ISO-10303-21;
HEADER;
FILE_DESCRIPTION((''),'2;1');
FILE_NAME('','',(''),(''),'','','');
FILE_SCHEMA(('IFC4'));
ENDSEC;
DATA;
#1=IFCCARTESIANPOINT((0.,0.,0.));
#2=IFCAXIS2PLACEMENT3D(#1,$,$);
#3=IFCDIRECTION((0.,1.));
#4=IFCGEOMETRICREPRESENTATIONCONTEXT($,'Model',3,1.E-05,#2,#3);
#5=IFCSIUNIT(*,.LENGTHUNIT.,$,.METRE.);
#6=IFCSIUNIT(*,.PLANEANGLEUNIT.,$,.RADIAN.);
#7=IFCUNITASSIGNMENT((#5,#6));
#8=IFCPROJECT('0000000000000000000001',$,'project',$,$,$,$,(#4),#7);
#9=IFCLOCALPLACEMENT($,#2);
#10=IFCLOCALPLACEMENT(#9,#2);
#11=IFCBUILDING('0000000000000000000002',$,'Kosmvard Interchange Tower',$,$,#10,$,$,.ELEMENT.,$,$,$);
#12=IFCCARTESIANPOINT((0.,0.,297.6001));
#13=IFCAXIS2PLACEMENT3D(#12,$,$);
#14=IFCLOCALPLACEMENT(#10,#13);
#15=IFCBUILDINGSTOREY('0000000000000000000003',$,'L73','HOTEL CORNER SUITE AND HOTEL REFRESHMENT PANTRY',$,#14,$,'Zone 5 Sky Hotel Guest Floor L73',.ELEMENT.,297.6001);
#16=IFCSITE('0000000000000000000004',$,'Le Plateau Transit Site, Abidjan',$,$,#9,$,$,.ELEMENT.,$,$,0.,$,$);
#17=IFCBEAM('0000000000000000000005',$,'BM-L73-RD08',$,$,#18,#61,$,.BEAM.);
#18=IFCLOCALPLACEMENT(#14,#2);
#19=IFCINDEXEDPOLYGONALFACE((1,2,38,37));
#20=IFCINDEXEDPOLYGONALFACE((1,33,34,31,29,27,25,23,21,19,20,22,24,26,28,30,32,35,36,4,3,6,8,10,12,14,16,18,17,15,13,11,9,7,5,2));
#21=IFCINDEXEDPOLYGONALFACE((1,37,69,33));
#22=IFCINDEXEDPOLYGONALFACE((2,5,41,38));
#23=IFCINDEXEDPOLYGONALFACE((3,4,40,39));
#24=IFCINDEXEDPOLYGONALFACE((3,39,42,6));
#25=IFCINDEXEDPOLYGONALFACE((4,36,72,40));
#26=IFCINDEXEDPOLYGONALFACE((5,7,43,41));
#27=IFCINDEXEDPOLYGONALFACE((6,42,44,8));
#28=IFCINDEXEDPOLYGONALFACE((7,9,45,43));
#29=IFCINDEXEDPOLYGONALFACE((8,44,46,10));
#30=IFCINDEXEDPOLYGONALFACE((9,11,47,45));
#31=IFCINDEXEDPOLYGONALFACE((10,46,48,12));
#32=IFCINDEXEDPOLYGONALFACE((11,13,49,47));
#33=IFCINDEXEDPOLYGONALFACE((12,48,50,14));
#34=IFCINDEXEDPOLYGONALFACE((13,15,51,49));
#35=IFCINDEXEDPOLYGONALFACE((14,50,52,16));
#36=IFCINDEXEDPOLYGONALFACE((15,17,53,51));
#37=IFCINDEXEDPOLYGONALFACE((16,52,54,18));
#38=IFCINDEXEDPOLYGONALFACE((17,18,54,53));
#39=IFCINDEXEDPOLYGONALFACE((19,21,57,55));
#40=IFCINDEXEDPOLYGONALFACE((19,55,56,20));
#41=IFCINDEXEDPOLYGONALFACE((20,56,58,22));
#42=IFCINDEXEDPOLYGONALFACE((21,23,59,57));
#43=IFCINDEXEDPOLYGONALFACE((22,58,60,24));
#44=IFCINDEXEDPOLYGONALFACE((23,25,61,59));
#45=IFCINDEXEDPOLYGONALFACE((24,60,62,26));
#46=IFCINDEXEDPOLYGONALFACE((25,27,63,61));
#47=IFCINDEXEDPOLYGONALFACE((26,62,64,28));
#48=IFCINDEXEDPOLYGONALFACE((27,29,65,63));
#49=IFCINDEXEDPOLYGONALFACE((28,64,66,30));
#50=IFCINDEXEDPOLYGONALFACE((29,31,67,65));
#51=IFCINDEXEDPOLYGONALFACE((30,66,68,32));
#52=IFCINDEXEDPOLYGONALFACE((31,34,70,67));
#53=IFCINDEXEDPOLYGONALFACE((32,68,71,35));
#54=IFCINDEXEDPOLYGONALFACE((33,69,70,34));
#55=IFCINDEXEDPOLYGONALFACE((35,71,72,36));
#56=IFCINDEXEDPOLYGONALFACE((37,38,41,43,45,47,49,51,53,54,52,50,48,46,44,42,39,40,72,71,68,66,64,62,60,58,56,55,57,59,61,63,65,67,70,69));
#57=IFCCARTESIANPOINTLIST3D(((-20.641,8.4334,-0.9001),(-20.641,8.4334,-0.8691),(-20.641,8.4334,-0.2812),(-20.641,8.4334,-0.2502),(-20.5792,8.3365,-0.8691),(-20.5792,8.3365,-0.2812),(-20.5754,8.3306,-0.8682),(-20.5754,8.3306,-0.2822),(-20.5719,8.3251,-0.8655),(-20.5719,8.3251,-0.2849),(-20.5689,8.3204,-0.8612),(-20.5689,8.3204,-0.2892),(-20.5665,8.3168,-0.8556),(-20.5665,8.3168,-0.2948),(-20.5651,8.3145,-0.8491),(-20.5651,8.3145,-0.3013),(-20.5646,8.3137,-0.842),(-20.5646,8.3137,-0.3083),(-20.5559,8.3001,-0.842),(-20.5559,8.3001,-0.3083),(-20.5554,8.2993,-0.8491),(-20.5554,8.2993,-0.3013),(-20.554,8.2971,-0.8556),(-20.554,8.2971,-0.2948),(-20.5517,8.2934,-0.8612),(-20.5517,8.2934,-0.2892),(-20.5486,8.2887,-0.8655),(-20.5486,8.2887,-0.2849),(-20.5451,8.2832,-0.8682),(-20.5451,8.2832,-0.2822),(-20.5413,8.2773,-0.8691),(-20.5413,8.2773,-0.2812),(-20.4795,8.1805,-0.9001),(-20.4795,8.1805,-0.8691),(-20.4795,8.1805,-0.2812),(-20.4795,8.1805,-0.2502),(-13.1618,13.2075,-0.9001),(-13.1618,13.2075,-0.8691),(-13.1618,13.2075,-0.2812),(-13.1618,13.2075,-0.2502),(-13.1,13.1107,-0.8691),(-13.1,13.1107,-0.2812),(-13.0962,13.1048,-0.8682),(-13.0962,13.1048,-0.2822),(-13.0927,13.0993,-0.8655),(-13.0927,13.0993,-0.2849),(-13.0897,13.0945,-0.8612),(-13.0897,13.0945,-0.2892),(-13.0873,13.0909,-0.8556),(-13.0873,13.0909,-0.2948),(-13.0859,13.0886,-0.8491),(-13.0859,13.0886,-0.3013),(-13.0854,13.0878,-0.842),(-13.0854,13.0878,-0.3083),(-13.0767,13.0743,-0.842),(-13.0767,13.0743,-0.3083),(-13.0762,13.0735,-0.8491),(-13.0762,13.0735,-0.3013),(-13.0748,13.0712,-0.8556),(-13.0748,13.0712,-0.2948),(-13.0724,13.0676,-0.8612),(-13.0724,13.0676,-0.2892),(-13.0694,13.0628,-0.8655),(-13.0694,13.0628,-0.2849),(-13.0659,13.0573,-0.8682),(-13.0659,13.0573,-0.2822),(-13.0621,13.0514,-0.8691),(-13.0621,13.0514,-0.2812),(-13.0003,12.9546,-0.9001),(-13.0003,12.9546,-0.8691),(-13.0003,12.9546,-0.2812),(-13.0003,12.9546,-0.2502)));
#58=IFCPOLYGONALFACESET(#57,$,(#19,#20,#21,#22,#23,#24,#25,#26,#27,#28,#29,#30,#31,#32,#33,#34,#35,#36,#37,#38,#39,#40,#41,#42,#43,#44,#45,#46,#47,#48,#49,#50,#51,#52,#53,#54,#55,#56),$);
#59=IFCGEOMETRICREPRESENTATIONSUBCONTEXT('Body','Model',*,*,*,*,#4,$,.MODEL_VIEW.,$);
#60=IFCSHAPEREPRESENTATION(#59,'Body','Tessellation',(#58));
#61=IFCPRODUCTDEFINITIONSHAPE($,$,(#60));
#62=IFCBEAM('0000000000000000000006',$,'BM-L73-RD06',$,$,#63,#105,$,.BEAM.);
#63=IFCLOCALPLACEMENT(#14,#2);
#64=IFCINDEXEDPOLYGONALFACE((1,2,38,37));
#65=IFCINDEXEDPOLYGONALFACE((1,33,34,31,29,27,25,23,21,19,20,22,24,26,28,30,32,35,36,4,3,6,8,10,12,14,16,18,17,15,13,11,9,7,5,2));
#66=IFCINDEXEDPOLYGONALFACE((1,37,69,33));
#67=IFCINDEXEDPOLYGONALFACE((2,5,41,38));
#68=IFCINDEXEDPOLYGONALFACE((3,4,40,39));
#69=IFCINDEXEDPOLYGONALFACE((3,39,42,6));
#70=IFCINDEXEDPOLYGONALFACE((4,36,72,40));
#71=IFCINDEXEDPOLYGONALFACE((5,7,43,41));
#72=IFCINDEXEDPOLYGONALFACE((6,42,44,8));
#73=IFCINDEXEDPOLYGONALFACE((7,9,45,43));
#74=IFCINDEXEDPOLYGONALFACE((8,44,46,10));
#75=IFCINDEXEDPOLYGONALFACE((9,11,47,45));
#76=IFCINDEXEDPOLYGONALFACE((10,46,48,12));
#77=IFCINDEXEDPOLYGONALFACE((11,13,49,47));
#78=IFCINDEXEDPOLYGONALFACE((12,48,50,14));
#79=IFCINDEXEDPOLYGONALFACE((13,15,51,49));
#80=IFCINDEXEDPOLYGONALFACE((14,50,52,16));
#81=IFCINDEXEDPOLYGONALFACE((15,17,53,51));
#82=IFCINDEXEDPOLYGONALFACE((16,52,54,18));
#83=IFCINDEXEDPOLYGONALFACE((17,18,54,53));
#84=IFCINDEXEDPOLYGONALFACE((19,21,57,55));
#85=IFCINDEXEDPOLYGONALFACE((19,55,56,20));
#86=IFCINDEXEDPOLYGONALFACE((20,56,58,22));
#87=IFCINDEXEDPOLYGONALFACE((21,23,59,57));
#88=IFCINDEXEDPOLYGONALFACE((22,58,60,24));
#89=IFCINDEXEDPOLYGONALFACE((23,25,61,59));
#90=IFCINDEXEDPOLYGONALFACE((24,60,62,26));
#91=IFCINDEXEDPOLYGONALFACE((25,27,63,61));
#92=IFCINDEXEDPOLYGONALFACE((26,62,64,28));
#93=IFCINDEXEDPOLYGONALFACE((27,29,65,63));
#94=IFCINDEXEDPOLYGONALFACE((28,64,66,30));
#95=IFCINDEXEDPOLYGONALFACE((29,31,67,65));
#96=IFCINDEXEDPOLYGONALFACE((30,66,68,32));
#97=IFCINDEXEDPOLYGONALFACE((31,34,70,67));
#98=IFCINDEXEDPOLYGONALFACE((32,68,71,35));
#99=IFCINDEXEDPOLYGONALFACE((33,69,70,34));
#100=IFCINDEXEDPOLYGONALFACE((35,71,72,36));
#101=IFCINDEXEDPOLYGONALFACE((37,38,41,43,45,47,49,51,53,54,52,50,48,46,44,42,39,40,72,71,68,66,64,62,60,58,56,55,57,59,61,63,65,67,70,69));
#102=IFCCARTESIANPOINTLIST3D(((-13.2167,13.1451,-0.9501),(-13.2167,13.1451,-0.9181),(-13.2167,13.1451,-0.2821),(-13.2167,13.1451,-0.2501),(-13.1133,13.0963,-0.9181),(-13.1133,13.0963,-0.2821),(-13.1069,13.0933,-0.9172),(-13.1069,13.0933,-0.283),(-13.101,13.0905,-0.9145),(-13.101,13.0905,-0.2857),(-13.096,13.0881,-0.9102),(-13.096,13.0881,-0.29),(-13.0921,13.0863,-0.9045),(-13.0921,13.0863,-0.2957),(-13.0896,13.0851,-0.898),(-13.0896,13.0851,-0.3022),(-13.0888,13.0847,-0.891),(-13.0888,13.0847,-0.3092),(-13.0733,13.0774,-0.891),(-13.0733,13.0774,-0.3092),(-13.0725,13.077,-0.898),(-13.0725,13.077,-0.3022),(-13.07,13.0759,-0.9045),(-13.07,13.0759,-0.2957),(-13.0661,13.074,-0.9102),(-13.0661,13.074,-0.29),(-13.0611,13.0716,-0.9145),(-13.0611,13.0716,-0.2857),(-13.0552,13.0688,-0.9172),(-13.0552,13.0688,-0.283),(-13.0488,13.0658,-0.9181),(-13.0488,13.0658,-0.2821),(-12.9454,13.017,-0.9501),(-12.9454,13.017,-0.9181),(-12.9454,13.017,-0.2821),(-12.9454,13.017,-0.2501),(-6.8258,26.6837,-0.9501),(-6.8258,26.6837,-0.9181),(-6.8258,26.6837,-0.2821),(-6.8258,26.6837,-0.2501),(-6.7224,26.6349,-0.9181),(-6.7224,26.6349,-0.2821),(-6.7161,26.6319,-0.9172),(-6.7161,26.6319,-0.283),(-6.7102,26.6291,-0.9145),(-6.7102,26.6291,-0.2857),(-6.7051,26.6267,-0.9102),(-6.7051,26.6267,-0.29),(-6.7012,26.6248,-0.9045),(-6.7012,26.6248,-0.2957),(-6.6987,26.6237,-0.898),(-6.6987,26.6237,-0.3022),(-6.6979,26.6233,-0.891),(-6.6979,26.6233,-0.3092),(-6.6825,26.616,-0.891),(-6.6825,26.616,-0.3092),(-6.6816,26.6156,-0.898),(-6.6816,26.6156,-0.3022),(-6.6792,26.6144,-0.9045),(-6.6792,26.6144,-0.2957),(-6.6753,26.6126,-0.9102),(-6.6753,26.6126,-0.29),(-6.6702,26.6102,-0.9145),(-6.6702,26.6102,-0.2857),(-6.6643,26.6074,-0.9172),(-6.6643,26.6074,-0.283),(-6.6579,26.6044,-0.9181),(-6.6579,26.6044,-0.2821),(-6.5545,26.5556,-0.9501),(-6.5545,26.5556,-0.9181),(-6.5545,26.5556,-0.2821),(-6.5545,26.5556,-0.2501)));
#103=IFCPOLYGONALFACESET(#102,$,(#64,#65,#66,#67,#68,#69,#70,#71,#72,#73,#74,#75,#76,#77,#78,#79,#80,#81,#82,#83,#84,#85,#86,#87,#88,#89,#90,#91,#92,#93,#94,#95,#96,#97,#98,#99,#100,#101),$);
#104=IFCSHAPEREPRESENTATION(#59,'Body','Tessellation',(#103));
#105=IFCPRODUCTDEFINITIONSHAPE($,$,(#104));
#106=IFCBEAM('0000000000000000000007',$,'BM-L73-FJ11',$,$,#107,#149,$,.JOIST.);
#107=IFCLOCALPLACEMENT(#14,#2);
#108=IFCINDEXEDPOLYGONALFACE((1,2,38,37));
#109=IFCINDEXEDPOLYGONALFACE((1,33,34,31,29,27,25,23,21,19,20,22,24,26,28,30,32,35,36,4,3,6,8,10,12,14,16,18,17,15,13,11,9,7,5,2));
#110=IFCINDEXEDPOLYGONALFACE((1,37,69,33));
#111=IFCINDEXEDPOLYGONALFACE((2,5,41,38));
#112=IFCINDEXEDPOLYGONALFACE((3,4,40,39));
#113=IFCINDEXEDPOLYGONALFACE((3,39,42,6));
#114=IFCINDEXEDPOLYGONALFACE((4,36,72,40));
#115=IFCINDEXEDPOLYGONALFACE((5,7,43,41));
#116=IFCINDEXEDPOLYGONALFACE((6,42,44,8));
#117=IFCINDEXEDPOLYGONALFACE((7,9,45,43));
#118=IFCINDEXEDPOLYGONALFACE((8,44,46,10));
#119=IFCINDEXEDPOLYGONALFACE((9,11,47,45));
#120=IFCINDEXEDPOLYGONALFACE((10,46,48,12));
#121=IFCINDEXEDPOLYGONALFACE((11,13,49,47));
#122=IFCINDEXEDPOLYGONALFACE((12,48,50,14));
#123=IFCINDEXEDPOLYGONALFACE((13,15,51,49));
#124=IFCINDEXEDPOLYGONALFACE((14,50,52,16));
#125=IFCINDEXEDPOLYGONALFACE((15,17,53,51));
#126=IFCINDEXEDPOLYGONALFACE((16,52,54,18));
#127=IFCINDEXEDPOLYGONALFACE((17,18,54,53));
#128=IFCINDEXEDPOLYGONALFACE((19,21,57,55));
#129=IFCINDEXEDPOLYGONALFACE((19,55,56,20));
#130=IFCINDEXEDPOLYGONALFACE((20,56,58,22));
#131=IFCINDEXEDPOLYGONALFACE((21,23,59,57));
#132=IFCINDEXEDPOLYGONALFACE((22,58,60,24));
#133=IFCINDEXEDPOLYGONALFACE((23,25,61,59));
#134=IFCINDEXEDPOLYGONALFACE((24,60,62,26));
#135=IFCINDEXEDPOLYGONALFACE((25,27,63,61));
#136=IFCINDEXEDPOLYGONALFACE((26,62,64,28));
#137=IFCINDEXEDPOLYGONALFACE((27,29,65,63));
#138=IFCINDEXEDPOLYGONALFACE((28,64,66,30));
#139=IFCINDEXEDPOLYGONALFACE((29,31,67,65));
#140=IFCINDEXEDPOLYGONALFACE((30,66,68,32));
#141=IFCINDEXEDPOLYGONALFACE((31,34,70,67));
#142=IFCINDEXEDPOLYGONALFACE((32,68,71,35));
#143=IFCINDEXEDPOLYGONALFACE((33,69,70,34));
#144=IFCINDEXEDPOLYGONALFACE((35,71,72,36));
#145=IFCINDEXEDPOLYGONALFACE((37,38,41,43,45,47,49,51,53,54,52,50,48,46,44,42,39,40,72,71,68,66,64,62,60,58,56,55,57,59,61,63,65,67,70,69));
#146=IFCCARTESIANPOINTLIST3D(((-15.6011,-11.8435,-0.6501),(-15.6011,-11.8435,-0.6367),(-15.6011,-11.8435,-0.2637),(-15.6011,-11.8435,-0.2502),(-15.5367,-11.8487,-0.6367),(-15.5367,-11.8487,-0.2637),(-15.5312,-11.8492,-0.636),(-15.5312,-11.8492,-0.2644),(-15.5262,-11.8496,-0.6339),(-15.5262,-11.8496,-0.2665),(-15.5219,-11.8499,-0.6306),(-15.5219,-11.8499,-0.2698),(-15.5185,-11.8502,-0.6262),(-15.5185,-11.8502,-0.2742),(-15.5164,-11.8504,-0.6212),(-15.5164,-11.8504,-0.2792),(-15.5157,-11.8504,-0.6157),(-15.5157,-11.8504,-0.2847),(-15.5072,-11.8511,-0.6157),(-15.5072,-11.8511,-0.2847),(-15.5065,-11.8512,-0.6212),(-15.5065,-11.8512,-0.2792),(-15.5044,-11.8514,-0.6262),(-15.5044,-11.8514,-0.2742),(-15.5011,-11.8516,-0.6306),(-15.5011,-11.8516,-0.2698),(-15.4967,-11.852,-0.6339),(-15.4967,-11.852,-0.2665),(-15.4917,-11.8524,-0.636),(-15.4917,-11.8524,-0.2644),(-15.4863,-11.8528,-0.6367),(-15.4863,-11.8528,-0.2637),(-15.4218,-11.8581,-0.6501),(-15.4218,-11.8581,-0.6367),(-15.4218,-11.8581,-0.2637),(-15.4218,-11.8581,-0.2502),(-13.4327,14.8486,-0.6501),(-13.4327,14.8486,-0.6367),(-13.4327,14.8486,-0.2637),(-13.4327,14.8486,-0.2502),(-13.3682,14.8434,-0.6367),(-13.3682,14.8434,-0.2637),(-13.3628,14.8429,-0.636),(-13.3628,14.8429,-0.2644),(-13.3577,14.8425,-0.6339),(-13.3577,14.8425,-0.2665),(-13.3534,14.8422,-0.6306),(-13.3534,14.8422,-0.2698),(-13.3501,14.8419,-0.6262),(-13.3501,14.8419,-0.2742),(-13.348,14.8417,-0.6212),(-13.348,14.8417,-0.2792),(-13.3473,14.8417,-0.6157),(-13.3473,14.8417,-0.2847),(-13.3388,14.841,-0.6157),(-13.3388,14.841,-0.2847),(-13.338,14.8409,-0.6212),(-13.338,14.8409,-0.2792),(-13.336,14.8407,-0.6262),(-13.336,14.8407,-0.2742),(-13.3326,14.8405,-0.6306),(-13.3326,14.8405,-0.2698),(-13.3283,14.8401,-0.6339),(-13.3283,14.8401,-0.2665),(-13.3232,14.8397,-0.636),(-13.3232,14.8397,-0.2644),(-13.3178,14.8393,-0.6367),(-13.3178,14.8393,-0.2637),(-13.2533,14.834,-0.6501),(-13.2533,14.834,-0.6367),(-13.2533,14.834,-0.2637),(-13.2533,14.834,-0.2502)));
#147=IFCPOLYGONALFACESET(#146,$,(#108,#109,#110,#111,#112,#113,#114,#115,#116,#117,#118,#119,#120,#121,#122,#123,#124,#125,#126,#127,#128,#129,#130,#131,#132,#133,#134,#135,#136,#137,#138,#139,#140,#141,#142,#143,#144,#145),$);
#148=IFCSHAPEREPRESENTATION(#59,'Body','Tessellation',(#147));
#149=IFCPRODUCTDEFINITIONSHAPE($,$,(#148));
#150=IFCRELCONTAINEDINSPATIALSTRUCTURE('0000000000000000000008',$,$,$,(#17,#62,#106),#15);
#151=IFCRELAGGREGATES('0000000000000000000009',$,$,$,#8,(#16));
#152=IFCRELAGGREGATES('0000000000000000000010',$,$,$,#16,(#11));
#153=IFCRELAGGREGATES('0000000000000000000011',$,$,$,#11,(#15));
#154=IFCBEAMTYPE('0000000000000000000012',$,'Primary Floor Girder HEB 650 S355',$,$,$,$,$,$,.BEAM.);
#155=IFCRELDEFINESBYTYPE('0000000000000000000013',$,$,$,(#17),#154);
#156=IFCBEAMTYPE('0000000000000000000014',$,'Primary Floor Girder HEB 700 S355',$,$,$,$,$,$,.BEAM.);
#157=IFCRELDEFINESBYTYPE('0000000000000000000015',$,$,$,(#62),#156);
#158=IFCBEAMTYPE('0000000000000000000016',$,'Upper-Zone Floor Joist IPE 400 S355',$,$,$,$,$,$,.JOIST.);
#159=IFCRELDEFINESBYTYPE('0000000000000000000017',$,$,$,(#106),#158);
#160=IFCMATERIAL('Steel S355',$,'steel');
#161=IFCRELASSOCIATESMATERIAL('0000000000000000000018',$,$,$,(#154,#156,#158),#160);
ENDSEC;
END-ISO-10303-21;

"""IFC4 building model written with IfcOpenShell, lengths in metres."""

from ifc_helpers import new_model, si_unit, direction, frame, origin, origin_2d, place, context, subcontext, project, spatial, i_section, extrude, source, transform, mapped, material, material_profile, profile_set, type_object, element, save


model = new_model("IFC4")

# Units and contexts
model_context = context("Model", 3, precision=1e-05, world=origin(), true_north=direction((0.0, 1.0)))
body_context = subcontext(model_context, "Body", "Model", "MODEL_VIEW")
ifc_project = project(units=[si_unit("LENGTHUNIT", "METRE"), si_unit("PLANEANGLEUNIT", "RADIAN")], contexts=[model_context])

# Site, building, storey
site_placement = place(None, origin())
site = spatial("IfcSite", under=ifc_project, at=site_placement, Name="Le Plateau Transit Site, Abidjan", CompositionType="ELEMENT", RefElevation=0.0)
building_placement = place(site_placement, origin())
building = spatial("IfcBuilding", under=site, at=building_placement, Name="Kosmvard Interchange Tower", CompositionType="ELEMENT")
storey_placement = place(building_placement, frame((0.0, 0.0, 297.6001)))
storey = spatial("IfcBuildingStorey", under=building, at=storey_placement, Name="L73", Description="HOTEL CORNER SUITE AND HOTEL REFRESHMENT PANTRY", LongName="Zone 5 Sky Hotel Guest Floor L73", CompositionType="ELEMENT", Elevation=297.6001)

# Beams
ifc_material_1 = material(Name="Steel S355", Category="steel")
ifc_material_profile_1 = material_profile(ifc_material_1, i_section(OverallWidth=0.3, OverallDepth=0.6499, WebThickness=0.0161, FlangeThickness=0.031, FilletRadius=0.0271, at=origin_2d()), Name="HEB 650")
ifc_profile_set_1 = profile_set([ifc_material_profile_1], Name="Steel S355")
beam_type_1 = type_object("IfcBeamType", Name="Primary Floor Girder HEB 650 S355", PredefinedType="BEAM", material=ifc_profile_set_1)
shared_shape_1 = source(origin(), body_context, "Body", "SweptSolid", [
    extrude(i_section(OverallWidth=0.3, OverallDepth=0.6499, WebThickness=0.0161, FlangeThickness=0.031, FilletRadius=0.0271, at=origin_2d()), origin(), (0.0, 0.0, 1.0), 8.873),
])
beam_1_placement = place(storey_placement, frame((-13.0811, 13.0811, -0.5752), z_axis=(-0.842913, -0.53805, 0.0), x_axis=(0.53805, -0.842913, 0.0)))
element("IfcBeam", 1, at=beam_1_placement, inside=storey, type_object=beam_type_1, Name="BM-L73-RD08", PredefinedType="BEAM", context=body_context, shape_type="MappedRepresentation", body=[
    mapped(shared_shape_1, transform((0.0, 0.0, 0.0), scale=1.0)),
])
ifc_material_profile_2 = material_profile(ifc_material_1, i_section(OverallWidth=0.3, OverallDepth=0.7, WebThickness=0.0171, FlangeThickness=0.032, FilletRadius=0.0271, at=origin_2d()), Name="HEB 700")
ifc_profile_set_2 = profile_set([ifc_material_profile_2], Name="Steel S355")
beam_type_2 = type_object("IfcBeamType", Name="Primary Floor Girder HEB 700 S355", PredefinedType="BEAM", material=ifc_profile_set_2)
shared_shape_2 = source(origin(), body_context, "Body", "SweptSolid", [
    extrude(i_section(OverallWidth=0.3, OverallDepth=0.7, WebThickness=0.0171, FlangeThickness=0.032, FilletRadius=0.0271, at=origin_2d()), origin(), (0.0, 0.0, 1.0), 14.9712),
])
beam_2_placement = place(storey_placement, frame((-13.0811, 13.0811, -0.6001), z_axis=(0.426878, 0.904309, 0.0), x_axis=(-0.904309, 0.426878, 0.0)))
element("IfcBeam", 2, at=beam_2_placement, inside=storey, type_object=beam_type_2, Name="BM-L73-RD06", PredefinedType="BEAM", context=body_context, shape_type="MappedRepresentation", body=[
    mapped(shared_shape_2, transform((0.0, 0.0, 0.0), scale=1.0)),
])
ifc_material_profile_3 = material_profile(ifc_material_1, i_section(OverallWidth=0.1799, OverallDepth=0.3999, WebThickness=0.0085, FlangeThickness=0.0134, FilletRadius=0.021, at=origin_2d()), Name="IPE 400")
ifc_profile_set_3 = profile_set([ifc_material_profile_3], Name="Steel S355")
beam_type_3 = type_object("IfcBeamType", Name="Upper-Zone Floor Joist IPE 400 S355", PredefinedType="JOIST", material=ifc_profile_set_3)
shared_shape_3 = source(origin(), body_context, "Body", "SweptSolid", [
    extrude(i_section(OverallWidth=0.1799, OverallDepth=0.3999, WebThickness=0.0085, FlangeThickness=0.0134, FilletRadius=0.021, at=origin_2d()), origin(), (0.0, 0.0, 1.0), 26.78),
])
beam_3_placement = place(storey_placement, frame((-13.343, 14.8413, -0.4502), z_axis=(-0.080973, -0.996716, 0.0), x_axis=(0.996716, -0.080973, 0.0)))
element("IfcBeam", 3, at=beam_3_placement, inside=storey, type_object=beam_type_3, Name="BM-L73-FJ11", PredefinedType="JOIST", context=body_context, shape_type="MappedRepresentation", body=[
    mapped(shared_shape_3, transform((0.0, 0.0, 0.0), scale=1.0)),
])

save(model, "model.ifc")
